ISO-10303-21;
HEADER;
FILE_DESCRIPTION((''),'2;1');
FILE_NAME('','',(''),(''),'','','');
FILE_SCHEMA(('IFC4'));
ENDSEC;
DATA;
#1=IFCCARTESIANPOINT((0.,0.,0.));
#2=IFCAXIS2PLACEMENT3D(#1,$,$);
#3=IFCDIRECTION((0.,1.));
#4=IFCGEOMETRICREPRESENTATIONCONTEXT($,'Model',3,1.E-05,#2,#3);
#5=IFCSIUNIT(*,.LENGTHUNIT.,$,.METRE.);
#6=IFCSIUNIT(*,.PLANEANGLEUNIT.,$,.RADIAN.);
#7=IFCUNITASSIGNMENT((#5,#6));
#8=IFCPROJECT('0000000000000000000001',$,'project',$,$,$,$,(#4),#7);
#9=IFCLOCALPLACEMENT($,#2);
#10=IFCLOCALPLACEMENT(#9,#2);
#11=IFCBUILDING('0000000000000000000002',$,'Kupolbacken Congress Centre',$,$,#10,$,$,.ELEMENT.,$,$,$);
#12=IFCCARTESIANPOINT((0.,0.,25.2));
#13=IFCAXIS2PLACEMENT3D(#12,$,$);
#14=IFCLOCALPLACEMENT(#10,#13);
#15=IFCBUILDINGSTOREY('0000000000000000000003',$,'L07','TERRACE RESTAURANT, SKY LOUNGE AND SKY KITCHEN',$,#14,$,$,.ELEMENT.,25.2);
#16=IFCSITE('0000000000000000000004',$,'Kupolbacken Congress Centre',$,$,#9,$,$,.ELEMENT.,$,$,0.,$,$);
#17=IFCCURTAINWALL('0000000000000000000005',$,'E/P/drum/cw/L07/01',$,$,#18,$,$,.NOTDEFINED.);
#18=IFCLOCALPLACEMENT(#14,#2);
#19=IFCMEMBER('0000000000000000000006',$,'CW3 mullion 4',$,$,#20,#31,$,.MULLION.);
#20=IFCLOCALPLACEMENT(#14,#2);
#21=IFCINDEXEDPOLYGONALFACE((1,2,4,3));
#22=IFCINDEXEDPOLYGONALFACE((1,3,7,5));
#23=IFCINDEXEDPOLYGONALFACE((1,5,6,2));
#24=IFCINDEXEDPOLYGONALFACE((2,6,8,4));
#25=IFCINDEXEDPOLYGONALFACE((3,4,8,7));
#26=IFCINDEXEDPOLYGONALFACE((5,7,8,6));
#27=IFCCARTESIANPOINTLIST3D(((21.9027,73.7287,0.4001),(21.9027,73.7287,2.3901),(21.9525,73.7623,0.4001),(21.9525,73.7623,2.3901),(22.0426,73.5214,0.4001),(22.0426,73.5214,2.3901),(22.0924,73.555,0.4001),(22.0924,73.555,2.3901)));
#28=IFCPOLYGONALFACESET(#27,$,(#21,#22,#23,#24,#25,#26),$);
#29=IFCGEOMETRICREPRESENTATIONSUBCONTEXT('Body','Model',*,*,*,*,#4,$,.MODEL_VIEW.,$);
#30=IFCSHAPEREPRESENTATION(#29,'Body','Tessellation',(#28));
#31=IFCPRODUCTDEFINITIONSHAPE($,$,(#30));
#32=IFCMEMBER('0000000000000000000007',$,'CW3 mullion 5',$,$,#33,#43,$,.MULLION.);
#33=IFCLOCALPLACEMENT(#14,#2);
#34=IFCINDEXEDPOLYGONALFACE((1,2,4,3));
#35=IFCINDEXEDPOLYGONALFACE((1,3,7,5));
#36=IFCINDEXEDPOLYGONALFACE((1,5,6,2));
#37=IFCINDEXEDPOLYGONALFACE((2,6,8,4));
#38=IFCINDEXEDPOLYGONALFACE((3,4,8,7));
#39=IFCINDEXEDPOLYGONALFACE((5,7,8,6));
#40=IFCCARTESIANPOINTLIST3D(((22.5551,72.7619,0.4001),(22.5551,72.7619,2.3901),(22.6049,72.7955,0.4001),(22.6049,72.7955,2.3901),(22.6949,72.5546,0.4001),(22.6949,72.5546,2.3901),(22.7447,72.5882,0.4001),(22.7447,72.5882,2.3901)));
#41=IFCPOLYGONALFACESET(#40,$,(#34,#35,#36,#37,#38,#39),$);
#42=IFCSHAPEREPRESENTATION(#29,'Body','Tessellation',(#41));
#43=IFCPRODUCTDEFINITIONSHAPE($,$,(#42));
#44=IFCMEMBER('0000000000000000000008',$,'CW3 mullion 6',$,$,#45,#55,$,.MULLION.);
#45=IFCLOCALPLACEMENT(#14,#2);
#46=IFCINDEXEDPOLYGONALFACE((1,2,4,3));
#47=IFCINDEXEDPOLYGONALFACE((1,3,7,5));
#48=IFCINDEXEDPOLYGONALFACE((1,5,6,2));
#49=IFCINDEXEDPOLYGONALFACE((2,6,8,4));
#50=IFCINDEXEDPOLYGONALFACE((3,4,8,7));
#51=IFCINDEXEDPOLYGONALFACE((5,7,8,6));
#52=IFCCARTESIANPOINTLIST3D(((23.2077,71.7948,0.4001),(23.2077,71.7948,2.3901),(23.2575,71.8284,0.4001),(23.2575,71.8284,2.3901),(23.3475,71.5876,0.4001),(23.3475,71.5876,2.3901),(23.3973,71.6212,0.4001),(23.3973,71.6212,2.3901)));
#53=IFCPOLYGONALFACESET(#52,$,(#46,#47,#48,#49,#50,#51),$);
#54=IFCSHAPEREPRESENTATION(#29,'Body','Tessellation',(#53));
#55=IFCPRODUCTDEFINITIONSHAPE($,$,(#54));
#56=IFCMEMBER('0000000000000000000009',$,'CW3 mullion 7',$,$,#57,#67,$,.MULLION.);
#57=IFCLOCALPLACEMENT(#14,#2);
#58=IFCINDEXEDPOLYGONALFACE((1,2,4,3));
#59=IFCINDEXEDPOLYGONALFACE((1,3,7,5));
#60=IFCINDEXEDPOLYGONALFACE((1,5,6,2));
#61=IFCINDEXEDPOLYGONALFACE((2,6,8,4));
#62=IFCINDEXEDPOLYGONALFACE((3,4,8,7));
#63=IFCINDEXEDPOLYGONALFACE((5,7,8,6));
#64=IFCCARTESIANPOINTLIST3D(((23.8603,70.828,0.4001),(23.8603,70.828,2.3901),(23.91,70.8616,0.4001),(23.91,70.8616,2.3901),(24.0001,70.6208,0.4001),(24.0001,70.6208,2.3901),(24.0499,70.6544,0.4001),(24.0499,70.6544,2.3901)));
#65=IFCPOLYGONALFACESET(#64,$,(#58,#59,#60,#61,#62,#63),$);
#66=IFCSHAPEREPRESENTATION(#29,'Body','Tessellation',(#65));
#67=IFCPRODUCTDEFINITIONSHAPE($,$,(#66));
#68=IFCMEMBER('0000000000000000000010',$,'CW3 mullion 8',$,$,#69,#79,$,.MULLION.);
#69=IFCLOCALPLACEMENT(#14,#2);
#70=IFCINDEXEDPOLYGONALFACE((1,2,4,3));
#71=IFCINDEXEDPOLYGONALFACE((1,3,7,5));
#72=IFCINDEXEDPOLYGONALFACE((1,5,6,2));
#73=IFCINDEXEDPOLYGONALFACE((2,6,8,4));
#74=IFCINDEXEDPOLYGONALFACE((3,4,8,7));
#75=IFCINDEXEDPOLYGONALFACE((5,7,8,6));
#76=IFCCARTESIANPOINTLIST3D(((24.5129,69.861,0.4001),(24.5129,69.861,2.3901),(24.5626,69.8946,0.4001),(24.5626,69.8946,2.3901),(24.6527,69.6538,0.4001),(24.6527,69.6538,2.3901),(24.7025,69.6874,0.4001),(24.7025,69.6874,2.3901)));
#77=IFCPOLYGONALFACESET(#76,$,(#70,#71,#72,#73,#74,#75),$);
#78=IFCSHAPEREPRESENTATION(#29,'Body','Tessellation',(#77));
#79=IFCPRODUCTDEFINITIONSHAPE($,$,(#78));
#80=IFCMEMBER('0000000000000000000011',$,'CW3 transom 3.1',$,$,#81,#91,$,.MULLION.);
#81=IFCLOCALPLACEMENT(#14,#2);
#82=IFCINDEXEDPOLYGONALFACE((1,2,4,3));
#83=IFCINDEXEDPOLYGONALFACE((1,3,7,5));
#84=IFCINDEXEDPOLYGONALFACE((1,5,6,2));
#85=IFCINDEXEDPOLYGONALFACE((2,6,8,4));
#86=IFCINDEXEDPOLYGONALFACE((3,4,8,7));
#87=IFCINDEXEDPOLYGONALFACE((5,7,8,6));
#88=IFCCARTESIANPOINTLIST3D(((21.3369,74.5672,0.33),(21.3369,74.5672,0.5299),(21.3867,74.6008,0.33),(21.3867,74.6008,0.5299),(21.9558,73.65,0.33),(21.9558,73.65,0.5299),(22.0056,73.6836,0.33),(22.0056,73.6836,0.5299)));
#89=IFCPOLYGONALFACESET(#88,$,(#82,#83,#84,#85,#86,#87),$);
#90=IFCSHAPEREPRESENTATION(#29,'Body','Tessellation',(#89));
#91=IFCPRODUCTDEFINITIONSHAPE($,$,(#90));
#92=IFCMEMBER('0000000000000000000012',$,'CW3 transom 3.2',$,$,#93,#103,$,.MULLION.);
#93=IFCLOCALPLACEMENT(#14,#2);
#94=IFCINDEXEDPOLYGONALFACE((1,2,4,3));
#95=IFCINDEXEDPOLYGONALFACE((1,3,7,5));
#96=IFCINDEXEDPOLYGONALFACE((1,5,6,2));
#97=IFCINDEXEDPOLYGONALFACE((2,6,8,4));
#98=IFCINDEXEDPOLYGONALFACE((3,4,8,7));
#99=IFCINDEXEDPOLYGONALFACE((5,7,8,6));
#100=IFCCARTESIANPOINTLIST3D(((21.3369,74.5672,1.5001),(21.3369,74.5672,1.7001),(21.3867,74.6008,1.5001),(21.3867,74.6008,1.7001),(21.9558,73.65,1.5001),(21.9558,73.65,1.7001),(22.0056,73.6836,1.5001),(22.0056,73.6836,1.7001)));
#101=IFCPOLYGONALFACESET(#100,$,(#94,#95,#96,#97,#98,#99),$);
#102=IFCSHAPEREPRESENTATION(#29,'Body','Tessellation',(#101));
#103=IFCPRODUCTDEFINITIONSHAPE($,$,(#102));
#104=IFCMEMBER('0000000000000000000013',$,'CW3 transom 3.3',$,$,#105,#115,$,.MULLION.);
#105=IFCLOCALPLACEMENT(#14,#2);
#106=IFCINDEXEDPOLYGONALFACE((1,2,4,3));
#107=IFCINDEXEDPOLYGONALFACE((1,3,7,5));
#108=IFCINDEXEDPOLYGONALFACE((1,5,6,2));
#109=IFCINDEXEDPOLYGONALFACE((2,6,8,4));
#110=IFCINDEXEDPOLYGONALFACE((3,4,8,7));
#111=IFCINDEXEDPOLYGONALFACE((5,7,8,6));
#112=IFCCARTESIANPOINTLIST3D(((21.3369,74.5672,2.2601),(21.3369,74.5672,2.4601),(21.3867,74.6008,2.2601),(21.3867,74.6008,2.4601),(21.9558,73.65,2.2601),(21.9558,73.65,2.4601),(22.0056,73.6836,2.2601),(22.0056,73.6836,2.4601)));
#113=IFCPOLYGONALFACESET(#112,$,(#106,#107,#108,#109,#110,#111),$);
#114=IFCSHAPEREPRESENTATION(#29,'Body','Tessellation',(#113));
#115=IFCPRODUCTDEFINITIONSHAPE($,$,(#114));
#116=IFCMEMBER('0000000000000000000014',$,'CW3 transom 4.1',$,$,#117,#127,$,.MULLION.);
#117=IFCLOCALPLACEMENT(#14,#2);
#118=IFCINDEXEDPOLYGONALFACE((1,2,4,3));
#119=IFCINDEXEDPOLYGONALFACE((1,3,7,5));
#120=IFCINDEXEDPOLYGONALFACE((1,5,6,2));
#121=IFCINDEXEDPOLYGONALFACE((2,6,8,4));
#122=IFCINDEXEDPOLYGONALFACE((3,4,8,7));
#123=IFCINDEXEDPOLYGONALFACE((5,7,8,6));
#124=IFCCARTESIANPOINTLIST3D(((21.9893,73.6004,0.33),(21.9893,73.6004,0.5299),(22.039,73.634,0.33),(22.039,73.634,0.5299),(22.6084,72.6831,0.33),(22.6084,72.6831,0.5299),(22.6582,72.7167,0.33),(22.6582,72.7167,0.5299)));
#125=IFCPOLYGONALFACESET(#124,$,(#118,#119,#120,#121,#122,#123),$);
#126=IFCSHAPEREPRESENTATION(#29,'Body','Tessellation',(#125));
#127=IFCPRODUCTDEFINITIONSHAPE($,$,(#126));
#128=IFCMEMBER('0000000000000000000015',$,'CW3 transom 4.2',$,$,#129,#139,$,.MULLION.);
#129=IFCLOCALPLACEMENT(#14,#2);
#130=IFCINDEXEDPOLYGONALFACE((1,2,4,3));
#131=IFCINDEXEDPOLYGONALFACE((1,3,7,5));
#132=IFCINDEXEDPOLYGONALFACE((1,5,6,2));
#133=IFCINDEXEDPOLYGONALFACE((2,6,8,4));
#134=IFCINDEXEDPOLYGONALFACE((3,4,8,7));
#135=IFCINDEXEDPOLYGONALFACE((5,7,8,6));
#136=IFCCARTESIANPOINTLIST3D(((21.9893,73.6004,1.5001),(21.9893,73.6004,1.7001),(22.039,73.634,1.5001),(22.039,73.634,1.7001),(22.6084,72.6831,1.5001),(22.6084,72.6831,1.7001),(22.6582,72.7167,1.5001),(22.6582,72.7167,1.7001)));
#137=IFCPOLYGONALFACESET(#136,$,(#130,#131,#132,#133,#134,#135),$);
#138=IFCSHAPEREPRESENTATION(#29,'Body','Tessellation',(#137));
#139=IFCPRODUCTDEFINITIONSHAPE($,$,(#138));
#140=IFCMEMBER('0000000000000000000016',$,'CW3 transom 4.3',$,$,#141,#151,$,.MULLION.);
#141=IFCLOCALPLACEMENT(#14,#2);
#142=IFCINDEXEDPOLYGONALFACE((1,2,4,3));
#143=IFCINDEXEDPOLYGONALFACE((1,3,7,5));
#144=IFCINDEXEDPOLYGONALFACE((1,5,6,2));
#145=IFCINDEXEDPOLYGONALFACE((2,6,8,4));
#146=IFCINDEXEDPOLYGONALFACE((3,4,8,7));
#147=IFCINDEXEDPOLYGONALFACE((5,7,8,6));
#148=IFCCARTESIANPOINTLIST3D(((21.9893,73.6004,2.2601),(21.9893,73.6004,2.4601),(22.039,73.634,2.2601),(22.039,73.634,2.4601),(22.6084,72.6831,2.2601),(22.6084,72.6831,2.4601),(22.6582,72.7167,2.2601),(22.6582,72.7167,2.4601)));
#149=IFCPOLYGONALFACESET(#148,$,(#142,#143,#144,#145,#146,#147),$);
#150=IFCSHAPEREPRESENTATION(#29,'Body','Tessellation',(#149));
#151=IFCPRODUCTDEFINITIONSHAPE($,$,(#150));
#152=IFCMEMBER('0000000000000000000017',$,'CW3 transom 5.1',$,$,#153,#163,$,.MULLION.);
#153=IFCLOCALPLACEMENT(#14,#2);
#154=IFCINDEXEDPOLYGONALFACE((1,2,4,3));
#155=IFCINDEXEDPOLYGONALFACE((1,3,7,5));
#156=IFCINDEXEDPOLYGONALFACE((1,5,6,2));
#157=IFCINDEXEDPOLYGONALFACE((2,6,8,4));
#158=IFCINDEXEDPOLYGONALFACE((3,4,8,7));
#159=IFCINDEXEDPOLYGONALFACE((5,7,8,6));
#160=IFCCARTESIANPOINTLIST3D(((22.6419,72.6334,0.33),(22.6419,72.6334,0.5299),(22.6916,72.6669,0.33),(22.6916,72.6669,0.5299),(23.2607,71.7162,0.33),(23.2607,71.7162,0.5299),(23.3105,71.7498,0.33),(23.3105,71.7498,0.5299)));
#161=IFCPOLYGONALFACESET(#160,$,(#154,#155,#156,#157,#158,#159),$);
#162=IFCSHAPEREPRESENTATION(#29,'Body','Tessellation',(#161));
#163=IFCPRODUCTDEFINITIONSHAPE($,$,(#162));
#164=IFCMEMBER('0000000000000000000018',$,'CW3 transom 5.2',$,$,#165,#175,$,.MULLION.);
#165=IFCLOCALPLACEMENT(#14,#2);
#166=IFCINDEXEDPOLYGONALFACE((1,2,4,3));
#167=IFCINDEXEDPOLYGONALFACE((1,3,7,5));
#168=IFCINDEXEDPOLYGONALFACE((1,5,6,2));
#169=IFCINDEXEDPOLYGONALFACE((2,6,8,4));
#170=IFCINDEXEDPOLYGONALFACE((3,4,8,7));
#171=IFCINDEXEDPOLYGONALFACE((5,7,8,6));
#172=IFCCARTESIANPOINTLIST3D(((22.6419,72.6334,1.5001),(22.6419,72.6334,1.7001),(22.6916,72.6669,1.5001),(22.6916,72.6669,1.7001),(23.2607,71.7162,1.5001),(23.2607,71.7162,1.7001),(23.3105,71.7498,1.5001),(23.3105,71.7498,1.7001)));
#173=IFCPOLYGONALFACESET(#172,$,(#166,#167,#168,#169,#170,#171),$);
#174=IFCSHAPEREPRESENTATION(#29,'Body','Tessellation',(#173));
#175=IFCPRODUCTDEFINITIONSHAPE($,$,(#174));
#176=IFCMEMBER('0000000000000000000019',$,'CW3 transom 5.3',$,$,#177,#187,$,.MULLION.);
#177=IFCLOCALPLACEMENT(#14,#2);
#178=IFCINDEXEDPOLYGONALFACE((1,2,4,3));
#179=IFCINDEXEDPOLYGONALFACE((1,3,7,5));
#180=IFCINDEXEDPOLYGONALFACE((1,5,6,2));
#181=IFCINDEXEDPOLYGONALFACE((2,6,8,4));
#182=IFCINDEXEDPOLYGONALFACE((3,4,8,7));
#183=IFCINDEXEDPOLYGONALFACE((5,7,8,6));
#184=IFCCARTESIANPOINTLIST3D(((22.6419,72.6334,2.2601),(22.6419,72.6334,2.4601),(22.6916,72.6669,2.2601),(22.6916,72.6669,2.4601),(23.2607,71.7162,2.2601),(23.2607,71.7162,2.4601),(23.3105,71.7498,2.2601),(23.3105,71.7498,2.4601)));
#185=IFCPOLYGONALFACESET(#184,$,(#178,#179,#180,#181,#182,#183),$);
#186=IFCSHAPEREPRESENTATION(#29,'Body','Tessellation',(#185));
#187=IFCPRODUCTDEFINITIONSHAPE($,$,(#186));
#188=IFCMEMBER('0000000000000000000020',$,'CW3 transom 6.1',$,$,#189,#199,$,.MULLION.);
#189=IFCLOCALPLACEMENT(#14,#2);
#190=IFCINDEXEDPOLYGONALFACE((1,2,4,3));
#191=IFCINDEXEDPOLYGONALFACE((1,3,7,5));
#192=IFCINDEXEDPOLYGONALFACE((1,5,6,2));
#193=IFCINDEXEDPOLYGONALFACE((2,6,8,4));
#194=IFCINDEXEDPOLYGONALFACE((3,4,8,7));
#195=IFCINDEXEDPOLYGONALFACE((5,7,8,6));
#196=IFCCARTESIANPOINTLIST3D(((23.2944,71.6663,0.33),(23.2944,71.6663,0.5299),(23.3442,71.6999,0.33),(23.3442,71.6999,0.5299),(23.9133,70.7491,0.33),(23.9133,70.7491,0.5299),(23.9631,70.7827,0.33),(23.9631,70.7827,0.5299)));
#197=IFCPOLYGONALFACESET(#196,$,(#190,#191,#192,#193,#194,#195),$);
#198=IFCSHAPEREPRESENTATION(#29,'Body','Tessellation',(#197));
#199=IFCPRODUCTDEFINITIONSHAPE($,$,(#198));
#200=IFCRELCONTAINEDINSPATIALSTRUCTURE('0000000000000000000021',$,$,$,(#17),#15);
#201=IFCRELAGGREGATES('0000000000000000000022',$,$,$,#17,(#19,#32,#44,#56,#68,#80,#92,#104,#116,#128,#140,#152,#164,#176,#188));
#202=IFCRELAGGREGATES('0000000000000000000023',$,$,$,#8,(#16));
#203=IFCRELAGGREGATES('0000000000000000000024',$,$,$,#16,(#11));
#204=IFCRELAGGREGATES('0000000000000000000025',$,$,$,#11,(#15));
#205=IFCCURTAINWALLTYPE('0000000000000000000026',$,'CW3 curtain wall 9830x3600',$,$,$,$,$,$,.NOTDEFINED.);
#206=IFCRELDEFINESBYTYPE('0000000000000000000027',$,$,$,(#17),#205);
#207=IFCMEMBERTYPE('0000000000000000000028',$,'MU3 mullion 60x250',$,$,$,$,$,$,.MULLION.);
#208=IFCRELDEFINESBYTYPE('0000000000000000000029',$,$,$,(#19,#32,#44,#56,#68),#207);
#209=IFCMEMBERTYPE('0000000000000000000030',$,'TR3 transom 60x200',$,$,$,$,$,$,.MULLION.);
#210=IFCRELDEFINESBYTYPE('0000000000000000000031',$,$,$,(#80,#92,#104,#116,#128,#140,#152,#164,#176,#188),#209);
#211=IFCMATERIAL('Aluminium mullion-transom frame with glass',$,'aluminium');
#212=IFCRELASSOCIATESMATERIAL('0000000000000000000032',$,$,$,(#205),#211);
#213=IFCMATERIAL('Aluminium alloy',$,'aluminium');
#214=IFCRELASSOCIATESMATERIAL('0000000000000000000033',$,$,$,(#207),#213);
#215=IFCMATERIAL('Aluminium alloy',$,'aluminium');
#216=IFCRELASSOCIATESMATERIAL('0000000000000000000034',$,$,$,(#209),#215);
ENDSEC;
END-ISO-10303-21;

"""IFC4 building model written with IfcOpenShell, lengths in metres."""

from ifc_helpers import new_model, si_unit, direction, frame, origin, origin_2d, place, context, subcontext, project, spatial, rectangle, extrude, material, material_profile, profile_set, type_object, element, aggregate, save


model = new_model("IFC4")

# Units and contexts
model_context = context("Model", 3, precision=1e-05, world=origin(), true_north=direction((0.0, 1.0)))
body_context = subcontext(model_context, "Body", "Model", "MODEL_VIEW")
ifc_project = project(units=[si_unit("LENGTHUNIT", "METRE"), si_unit("PLANEANGLEUNIT", "RADIAN")], contexts=[model_context])

# Site, building, storey
site_placement = place(None, origin())
site = spatial("IfcSite", under=ifc_project, at=site_placement, Name="Kupolbacken Congress Centre", CompositionType="ELEMENT", RefElevation=0.0)
building_placement = place(site_placement, origin())
building = spatial("IfcBuilding", under=site, at=building_placement, Name="Kupolbacken Congress Centre", CompositionType="ELEMENT")
storey_placement = place(building_placement, frame((0.0, 0.0, 25.2)))
storey = spatial("IfcBuildingStorey", under=building, at=storey_placement, Name="L07", Description="TERRACE RESTAURANT, SKY LOUNGE AND SKY KITCHEN", CompositionType="ELEMENT", Elevation=25.2)

# Curtain wall, members
ifc_material_1 = material(Name="Aluminium mullion-transom frame with glass", Category="aluminium")
curtain_wall_type = type_object("IfcCurtainWallType", Name="CW3 curtain wall 9830x3600", PredefinedType="NOTDEFINED", material=ifc_material_1)
curtain_wall_placement = place(storey_placement, origin())
curtain_wall = element("IfcCurtainWall", 1, at=curtain_wall_placement, inside=storey, type_object=curtain_wall_type, Name="E/P/drum/cw/L07/01", PredefinedType="NOTDEFINED")
ifc_material_2 = material(Name="Aluminium alloy", Category="aluminium")
ifc_material_profile_1 = material_profile(ifc_material_2, rectangle(XDim=0.0601, YDim=0.25, at=origin_2d()), Name="60 x 250")
ifc_profile_set_1 = profile_set([ifc_material_profile_1], Name="Aluminium alloy")
member_type_1 = type_object("IfcMemberType", Name="MU3 mullion 60x250", PredefinedType="MULLION", material=ifc_profile_set_1)
member_1_placement = place(storey_placement, frame((21.9976, 73.6418, 0.4001), z_axis=(0.0, 0.0, 1.0), x_axis=(0.828908, 0.559386, 0.0)))
member_1 = element("IfcMember", 2, at=member_1_placement, type_object=member_type_1, Name="CW3 mullion 4", PredefinedType="MULLION", context=body_context, shape_type="SweptSolid", body=[
    extrude(rectangle(XDim=0.0601, YDim=0.25, at=origin_2d()), origin(), (0.0, 0.0, 1.0), 1.99),
])
member_2_placement = place(storey_placement, frame((22.6499, 72.675, 0.4001), z_axis=(0.0, 0.0, 1.0), x_axis=(0.828908, 0.559386, 0.0)))
member_2 = element("IfcMember", 3, at=member_2_placement, type_object=member_type_1, Name="CW3 mullion 5", PredefinedType="MULLION", context=body_context, shape_type="SweptSolid", body=[
    extrude(rectangle(XDim=0.0601, YDim=0.25, at=origin_2d()), origin(), (0.0, 0.0, 1.0), 1.99),
])
member_3_placement = place(storey_placement, frame((23.3025, 71.708, 0.4001), z_axis=(0.0, 0.0, 1.0), x_axis=(0.828908, 0.559386, 0.0)))
member_3 = element("IfcMember", 4, at=member_3_placement, type_object=member_type_1, Name="CW3 mullion 6", PredefinedType="MULLION", context=body_context, shape_type="SweptSolid", body=[
    extrude(rectangle(XDim=0.0601, YDim=0.25, at=origin_2d()), origin(), (0.0, 0.0, 1.0), 1.99),
])
member_4_placement = place(storey_placement, frame((23.9551, 70.7412, 0.4001), z_axis=(0.0, 0.0, 1.0), x_axis=(0.828908, 0.559386, 0.0)))
member_4 = element("IfcMember", 5, at=member_4_placement, type_object=member_type_1, Name="CW3 mullion 7", PredefinedType="MULLION", context=body_context, shape_type="SweptSolid", body=[
    extrude(rectangle(XDim=0.0601, YDim=0.25, at=origin_2d()), origin(), (0.0, 0.0, 1.0), 1.99),
])
member_5_placement = place(storey_placement, frame((24.6077, 69.7742, 0.4001), z_axis=(0.0, 0.0, 1.0), x_axis=(0.828908, 0.559386, 0.0)))
member_5 = element("IfcMember", 6, at=member_5_placement, type_object=member_type_1, Name="CW3 mullion 8", PredefinedType="MULLION", context=body_context, shape_type="SweptSolid", body=[
    extrude(rectangle(XDim=0.0601, YDim=0.25, at=origin_2d()), origin(), (0.0, 0.0, 1.0), 1.99),
])
ifc_material_3 = material(Name="Aluminium alloy", Category="aluminium")
ifc_material_profile_2 = material_profile(ifc_material_3, rectangle(XDim=0.0601, YDim=0.2, at=origin_2d()), Name="60 x 200")
ifc_profile_set_2 = profile_set([ifc_material_profile_2], Name="Aluminium alloy")
member_type_2 = type_object("IfcMemberType", Name="TR3 transom 60x200", PredefinedType="MULLION", material=ifc_profile_set_2)
member_6_placement = place(storey_placement, frame((21.3618, 74.584, 0.4299), z_axis=(0.559325, -0.828948, 0.0), x_axis=(0.828948, 0.559325, 0.0)))
member_6 = element("IfcMember", 7, at=member_6_placement, type_object=member_type_2, Name="CW3 transom 3.1", PredefinedType="MULLION", context=body_context, shape_type="SweptSolid", body=[
    extrude(rectangle(XDim=0.0601, YDim=0.2, at=origin_2d()), origin(), (0.0, 0.0, 1.0), 1.1064),
])
member_7_placement = place(storey_placement, frame((21.3618, 74.584, 1.6001), z_axis=(0.559325, -0.828948, 0.0), x_axis=(0.828948, 0.559325, 0.0)))
member_7 = element("IfcMember", 8, at=member_7_placement, type_object=member_type_2, Name="CW3 transom 3.2", PredefinedType="MULLION", context=body_context, shape_type="SweptSolid", body=[
    extrude(rectangle(XDim=0.0601, YDim=0.2, at=origin_2d()), origin(), (0.0, 0.0, 1.0), 1.1064),
])
member_8_placement = place(storey_placement, frame((21.3618, 74.584, 2.3601), z_axis=(0.559325, -0.828948, 0.0), x_axis=(0.828948, 0.559325, 0.0)))
member_8 = element("IfcMember", 9, at=member_8_placement, type_object=member_type_2, Name="CW3 transom 3.3", PredefinedType="MULLION", context=body_context, shape_type="SweptSolid", body=[
    extrude(rectangle(XDim=0.0601, YDim=0.2, at=origin_2d()), origin(), (0.0, 0.0, 1.0), 1.1064),
])
member_9_placement = place(storey_placement, frame((22.0142, 73.6172, 0.4299), z_axis=(0.559477, -0.828846, 0.0), x_axis=(0.828846, 0.559477, 0.0)))
member_9 = element("IfcMember", 10, at=member_9_placement, type_object=member_type_2, Name="CW3 transom 4.1", PredefinedType="MULLION", context=body_context, shape_type="SweptSolid", body=[
    extrude(rectangle(XDim=0.0601, YDim=0.2, at=origin_2d()), origin(), (0.0, 0.0, 1.0), 1.1067),
])
member_10_placement = place(storey_placement, frame((22.0142, 73.6172, 1.6001), z_axis=(0.559477, -0.828846, 0.0), x_axis=(0.828846, 0.559477, 0.0)))
member_10 = element("IfcMember", 11, at=member_10_placement, type_object=member_type_2, Name="CW3 transom 4.2", PredefinedType="MULLION", context=body_context, shape_type="SweptSolid", body=[
    extrude(rectangle(XDim=0.0601, YDim=0.2, at=origin_2d()), origin(), (0.0, 0.0, 1.0), 1.1067),
])
member_11_placement = place(storey_placement, frame((22.0142, 73.6172, 2.3601), z_axis=(0.559477, -0.828846, 0.0), x_axis=(0.828846, 0.559477, 0.0)))
member_11 = element("IfcMember", 12, at=member_11_placement, type_object=member_type_2, Name="CW3 transom 4.3", PredefinedType="MULLION", context=body_context, shape_type="SweptSolid", body=[
    extrude(rectangle(XDim=0.0601, YDim=0.2, at=origin_2d()), origin(), (0.0, 0.0, 1.0), 1.1067),
])
member_12_placement = place(storey_placement, frame((22.6667, 72.6501, 0.4299), z_axis=(0.559325, -0.828948, 0.0), x_axis=(0.828948, 0.559325, 0.0)))
member_12 = element("IfcMember", 13, at=member_12_placement, type_object=member_type_2, Name="CW3 transom 5.1", PredefinedType="MULLION", context=body_context, shape_type="SweptSolid", body=[
    extrude(rectangle(XDim=0.0601, YDim=0.2, at=origin_2d()), origin(), (0.0, 0.0, 1.0), 1.1064),
])
member_13_placement = place(storey_placement, frame((22.6667, 72.6501, 1.6001), z_axis=(0.559325, -0.828948, 0.0), x_axis=(0.828948, 0.559325, 0.0)))
member_13 = element("IfcMember", 14, at=member_13_placement, type_object=member_type_2, Name="CW3 transom 5.2", PredefinedType="MULLION", context=body_context, shape_type="SweptSolid", body=[
    extrude(rectangle(XDim=0.0601, YDim=0.2, at=origin_2d()), origin(), (0.0, 0.0, 1.0), 1.1064),
])
member_14_placement = place(storey_placement, frame((22.6667, 72.6501, 2.3601), z_axis=(0.559325, -0.828948, 0.0), x_axis=(0.828948, 0.559325, 0.0)))
member_14 = element("IfcMember", 15, at=member_14_placement, type_object=member_type_2, Name="CW3 transom 5.3", PredefinedType="MULLION", context=body_context, shape_type="SweptSolid", body=[
    extrude(rectangle(XDim=0.0601, YDim=0.2, at=origin_2d()), origin(), (0.0, 0.0, 1.0), 1.1064),
])
member_15_placement = place(storey_placement, frame((23.3193, 71.6831, 0.4299), z_axis=(0.559325, -0.828948, 0.0), x_axis=(0.828948, 0.559325, 0.0)))
member_15 = element("IfcMember", 16, at=member_15_placement, type_object=member_type_2, Name="CW3 transom 6.1", PredefinedType="MULLION", context=body_context, shape_type="SweptSolid", body=[
    extrude(rectangle(XDim=0.0601, YDim=0.2, at=origin_2d()), origin(), (0.0, 0.0, 1.0), 1.1064),
])
aggregate(curtain_wall, [member_1, member_2, member_3, member_4, member_5, member_6, member_7, member_8, member_9, member_10, member_11, member_12, member_13, member_14, member_15])

save(model, "model.ifc")
